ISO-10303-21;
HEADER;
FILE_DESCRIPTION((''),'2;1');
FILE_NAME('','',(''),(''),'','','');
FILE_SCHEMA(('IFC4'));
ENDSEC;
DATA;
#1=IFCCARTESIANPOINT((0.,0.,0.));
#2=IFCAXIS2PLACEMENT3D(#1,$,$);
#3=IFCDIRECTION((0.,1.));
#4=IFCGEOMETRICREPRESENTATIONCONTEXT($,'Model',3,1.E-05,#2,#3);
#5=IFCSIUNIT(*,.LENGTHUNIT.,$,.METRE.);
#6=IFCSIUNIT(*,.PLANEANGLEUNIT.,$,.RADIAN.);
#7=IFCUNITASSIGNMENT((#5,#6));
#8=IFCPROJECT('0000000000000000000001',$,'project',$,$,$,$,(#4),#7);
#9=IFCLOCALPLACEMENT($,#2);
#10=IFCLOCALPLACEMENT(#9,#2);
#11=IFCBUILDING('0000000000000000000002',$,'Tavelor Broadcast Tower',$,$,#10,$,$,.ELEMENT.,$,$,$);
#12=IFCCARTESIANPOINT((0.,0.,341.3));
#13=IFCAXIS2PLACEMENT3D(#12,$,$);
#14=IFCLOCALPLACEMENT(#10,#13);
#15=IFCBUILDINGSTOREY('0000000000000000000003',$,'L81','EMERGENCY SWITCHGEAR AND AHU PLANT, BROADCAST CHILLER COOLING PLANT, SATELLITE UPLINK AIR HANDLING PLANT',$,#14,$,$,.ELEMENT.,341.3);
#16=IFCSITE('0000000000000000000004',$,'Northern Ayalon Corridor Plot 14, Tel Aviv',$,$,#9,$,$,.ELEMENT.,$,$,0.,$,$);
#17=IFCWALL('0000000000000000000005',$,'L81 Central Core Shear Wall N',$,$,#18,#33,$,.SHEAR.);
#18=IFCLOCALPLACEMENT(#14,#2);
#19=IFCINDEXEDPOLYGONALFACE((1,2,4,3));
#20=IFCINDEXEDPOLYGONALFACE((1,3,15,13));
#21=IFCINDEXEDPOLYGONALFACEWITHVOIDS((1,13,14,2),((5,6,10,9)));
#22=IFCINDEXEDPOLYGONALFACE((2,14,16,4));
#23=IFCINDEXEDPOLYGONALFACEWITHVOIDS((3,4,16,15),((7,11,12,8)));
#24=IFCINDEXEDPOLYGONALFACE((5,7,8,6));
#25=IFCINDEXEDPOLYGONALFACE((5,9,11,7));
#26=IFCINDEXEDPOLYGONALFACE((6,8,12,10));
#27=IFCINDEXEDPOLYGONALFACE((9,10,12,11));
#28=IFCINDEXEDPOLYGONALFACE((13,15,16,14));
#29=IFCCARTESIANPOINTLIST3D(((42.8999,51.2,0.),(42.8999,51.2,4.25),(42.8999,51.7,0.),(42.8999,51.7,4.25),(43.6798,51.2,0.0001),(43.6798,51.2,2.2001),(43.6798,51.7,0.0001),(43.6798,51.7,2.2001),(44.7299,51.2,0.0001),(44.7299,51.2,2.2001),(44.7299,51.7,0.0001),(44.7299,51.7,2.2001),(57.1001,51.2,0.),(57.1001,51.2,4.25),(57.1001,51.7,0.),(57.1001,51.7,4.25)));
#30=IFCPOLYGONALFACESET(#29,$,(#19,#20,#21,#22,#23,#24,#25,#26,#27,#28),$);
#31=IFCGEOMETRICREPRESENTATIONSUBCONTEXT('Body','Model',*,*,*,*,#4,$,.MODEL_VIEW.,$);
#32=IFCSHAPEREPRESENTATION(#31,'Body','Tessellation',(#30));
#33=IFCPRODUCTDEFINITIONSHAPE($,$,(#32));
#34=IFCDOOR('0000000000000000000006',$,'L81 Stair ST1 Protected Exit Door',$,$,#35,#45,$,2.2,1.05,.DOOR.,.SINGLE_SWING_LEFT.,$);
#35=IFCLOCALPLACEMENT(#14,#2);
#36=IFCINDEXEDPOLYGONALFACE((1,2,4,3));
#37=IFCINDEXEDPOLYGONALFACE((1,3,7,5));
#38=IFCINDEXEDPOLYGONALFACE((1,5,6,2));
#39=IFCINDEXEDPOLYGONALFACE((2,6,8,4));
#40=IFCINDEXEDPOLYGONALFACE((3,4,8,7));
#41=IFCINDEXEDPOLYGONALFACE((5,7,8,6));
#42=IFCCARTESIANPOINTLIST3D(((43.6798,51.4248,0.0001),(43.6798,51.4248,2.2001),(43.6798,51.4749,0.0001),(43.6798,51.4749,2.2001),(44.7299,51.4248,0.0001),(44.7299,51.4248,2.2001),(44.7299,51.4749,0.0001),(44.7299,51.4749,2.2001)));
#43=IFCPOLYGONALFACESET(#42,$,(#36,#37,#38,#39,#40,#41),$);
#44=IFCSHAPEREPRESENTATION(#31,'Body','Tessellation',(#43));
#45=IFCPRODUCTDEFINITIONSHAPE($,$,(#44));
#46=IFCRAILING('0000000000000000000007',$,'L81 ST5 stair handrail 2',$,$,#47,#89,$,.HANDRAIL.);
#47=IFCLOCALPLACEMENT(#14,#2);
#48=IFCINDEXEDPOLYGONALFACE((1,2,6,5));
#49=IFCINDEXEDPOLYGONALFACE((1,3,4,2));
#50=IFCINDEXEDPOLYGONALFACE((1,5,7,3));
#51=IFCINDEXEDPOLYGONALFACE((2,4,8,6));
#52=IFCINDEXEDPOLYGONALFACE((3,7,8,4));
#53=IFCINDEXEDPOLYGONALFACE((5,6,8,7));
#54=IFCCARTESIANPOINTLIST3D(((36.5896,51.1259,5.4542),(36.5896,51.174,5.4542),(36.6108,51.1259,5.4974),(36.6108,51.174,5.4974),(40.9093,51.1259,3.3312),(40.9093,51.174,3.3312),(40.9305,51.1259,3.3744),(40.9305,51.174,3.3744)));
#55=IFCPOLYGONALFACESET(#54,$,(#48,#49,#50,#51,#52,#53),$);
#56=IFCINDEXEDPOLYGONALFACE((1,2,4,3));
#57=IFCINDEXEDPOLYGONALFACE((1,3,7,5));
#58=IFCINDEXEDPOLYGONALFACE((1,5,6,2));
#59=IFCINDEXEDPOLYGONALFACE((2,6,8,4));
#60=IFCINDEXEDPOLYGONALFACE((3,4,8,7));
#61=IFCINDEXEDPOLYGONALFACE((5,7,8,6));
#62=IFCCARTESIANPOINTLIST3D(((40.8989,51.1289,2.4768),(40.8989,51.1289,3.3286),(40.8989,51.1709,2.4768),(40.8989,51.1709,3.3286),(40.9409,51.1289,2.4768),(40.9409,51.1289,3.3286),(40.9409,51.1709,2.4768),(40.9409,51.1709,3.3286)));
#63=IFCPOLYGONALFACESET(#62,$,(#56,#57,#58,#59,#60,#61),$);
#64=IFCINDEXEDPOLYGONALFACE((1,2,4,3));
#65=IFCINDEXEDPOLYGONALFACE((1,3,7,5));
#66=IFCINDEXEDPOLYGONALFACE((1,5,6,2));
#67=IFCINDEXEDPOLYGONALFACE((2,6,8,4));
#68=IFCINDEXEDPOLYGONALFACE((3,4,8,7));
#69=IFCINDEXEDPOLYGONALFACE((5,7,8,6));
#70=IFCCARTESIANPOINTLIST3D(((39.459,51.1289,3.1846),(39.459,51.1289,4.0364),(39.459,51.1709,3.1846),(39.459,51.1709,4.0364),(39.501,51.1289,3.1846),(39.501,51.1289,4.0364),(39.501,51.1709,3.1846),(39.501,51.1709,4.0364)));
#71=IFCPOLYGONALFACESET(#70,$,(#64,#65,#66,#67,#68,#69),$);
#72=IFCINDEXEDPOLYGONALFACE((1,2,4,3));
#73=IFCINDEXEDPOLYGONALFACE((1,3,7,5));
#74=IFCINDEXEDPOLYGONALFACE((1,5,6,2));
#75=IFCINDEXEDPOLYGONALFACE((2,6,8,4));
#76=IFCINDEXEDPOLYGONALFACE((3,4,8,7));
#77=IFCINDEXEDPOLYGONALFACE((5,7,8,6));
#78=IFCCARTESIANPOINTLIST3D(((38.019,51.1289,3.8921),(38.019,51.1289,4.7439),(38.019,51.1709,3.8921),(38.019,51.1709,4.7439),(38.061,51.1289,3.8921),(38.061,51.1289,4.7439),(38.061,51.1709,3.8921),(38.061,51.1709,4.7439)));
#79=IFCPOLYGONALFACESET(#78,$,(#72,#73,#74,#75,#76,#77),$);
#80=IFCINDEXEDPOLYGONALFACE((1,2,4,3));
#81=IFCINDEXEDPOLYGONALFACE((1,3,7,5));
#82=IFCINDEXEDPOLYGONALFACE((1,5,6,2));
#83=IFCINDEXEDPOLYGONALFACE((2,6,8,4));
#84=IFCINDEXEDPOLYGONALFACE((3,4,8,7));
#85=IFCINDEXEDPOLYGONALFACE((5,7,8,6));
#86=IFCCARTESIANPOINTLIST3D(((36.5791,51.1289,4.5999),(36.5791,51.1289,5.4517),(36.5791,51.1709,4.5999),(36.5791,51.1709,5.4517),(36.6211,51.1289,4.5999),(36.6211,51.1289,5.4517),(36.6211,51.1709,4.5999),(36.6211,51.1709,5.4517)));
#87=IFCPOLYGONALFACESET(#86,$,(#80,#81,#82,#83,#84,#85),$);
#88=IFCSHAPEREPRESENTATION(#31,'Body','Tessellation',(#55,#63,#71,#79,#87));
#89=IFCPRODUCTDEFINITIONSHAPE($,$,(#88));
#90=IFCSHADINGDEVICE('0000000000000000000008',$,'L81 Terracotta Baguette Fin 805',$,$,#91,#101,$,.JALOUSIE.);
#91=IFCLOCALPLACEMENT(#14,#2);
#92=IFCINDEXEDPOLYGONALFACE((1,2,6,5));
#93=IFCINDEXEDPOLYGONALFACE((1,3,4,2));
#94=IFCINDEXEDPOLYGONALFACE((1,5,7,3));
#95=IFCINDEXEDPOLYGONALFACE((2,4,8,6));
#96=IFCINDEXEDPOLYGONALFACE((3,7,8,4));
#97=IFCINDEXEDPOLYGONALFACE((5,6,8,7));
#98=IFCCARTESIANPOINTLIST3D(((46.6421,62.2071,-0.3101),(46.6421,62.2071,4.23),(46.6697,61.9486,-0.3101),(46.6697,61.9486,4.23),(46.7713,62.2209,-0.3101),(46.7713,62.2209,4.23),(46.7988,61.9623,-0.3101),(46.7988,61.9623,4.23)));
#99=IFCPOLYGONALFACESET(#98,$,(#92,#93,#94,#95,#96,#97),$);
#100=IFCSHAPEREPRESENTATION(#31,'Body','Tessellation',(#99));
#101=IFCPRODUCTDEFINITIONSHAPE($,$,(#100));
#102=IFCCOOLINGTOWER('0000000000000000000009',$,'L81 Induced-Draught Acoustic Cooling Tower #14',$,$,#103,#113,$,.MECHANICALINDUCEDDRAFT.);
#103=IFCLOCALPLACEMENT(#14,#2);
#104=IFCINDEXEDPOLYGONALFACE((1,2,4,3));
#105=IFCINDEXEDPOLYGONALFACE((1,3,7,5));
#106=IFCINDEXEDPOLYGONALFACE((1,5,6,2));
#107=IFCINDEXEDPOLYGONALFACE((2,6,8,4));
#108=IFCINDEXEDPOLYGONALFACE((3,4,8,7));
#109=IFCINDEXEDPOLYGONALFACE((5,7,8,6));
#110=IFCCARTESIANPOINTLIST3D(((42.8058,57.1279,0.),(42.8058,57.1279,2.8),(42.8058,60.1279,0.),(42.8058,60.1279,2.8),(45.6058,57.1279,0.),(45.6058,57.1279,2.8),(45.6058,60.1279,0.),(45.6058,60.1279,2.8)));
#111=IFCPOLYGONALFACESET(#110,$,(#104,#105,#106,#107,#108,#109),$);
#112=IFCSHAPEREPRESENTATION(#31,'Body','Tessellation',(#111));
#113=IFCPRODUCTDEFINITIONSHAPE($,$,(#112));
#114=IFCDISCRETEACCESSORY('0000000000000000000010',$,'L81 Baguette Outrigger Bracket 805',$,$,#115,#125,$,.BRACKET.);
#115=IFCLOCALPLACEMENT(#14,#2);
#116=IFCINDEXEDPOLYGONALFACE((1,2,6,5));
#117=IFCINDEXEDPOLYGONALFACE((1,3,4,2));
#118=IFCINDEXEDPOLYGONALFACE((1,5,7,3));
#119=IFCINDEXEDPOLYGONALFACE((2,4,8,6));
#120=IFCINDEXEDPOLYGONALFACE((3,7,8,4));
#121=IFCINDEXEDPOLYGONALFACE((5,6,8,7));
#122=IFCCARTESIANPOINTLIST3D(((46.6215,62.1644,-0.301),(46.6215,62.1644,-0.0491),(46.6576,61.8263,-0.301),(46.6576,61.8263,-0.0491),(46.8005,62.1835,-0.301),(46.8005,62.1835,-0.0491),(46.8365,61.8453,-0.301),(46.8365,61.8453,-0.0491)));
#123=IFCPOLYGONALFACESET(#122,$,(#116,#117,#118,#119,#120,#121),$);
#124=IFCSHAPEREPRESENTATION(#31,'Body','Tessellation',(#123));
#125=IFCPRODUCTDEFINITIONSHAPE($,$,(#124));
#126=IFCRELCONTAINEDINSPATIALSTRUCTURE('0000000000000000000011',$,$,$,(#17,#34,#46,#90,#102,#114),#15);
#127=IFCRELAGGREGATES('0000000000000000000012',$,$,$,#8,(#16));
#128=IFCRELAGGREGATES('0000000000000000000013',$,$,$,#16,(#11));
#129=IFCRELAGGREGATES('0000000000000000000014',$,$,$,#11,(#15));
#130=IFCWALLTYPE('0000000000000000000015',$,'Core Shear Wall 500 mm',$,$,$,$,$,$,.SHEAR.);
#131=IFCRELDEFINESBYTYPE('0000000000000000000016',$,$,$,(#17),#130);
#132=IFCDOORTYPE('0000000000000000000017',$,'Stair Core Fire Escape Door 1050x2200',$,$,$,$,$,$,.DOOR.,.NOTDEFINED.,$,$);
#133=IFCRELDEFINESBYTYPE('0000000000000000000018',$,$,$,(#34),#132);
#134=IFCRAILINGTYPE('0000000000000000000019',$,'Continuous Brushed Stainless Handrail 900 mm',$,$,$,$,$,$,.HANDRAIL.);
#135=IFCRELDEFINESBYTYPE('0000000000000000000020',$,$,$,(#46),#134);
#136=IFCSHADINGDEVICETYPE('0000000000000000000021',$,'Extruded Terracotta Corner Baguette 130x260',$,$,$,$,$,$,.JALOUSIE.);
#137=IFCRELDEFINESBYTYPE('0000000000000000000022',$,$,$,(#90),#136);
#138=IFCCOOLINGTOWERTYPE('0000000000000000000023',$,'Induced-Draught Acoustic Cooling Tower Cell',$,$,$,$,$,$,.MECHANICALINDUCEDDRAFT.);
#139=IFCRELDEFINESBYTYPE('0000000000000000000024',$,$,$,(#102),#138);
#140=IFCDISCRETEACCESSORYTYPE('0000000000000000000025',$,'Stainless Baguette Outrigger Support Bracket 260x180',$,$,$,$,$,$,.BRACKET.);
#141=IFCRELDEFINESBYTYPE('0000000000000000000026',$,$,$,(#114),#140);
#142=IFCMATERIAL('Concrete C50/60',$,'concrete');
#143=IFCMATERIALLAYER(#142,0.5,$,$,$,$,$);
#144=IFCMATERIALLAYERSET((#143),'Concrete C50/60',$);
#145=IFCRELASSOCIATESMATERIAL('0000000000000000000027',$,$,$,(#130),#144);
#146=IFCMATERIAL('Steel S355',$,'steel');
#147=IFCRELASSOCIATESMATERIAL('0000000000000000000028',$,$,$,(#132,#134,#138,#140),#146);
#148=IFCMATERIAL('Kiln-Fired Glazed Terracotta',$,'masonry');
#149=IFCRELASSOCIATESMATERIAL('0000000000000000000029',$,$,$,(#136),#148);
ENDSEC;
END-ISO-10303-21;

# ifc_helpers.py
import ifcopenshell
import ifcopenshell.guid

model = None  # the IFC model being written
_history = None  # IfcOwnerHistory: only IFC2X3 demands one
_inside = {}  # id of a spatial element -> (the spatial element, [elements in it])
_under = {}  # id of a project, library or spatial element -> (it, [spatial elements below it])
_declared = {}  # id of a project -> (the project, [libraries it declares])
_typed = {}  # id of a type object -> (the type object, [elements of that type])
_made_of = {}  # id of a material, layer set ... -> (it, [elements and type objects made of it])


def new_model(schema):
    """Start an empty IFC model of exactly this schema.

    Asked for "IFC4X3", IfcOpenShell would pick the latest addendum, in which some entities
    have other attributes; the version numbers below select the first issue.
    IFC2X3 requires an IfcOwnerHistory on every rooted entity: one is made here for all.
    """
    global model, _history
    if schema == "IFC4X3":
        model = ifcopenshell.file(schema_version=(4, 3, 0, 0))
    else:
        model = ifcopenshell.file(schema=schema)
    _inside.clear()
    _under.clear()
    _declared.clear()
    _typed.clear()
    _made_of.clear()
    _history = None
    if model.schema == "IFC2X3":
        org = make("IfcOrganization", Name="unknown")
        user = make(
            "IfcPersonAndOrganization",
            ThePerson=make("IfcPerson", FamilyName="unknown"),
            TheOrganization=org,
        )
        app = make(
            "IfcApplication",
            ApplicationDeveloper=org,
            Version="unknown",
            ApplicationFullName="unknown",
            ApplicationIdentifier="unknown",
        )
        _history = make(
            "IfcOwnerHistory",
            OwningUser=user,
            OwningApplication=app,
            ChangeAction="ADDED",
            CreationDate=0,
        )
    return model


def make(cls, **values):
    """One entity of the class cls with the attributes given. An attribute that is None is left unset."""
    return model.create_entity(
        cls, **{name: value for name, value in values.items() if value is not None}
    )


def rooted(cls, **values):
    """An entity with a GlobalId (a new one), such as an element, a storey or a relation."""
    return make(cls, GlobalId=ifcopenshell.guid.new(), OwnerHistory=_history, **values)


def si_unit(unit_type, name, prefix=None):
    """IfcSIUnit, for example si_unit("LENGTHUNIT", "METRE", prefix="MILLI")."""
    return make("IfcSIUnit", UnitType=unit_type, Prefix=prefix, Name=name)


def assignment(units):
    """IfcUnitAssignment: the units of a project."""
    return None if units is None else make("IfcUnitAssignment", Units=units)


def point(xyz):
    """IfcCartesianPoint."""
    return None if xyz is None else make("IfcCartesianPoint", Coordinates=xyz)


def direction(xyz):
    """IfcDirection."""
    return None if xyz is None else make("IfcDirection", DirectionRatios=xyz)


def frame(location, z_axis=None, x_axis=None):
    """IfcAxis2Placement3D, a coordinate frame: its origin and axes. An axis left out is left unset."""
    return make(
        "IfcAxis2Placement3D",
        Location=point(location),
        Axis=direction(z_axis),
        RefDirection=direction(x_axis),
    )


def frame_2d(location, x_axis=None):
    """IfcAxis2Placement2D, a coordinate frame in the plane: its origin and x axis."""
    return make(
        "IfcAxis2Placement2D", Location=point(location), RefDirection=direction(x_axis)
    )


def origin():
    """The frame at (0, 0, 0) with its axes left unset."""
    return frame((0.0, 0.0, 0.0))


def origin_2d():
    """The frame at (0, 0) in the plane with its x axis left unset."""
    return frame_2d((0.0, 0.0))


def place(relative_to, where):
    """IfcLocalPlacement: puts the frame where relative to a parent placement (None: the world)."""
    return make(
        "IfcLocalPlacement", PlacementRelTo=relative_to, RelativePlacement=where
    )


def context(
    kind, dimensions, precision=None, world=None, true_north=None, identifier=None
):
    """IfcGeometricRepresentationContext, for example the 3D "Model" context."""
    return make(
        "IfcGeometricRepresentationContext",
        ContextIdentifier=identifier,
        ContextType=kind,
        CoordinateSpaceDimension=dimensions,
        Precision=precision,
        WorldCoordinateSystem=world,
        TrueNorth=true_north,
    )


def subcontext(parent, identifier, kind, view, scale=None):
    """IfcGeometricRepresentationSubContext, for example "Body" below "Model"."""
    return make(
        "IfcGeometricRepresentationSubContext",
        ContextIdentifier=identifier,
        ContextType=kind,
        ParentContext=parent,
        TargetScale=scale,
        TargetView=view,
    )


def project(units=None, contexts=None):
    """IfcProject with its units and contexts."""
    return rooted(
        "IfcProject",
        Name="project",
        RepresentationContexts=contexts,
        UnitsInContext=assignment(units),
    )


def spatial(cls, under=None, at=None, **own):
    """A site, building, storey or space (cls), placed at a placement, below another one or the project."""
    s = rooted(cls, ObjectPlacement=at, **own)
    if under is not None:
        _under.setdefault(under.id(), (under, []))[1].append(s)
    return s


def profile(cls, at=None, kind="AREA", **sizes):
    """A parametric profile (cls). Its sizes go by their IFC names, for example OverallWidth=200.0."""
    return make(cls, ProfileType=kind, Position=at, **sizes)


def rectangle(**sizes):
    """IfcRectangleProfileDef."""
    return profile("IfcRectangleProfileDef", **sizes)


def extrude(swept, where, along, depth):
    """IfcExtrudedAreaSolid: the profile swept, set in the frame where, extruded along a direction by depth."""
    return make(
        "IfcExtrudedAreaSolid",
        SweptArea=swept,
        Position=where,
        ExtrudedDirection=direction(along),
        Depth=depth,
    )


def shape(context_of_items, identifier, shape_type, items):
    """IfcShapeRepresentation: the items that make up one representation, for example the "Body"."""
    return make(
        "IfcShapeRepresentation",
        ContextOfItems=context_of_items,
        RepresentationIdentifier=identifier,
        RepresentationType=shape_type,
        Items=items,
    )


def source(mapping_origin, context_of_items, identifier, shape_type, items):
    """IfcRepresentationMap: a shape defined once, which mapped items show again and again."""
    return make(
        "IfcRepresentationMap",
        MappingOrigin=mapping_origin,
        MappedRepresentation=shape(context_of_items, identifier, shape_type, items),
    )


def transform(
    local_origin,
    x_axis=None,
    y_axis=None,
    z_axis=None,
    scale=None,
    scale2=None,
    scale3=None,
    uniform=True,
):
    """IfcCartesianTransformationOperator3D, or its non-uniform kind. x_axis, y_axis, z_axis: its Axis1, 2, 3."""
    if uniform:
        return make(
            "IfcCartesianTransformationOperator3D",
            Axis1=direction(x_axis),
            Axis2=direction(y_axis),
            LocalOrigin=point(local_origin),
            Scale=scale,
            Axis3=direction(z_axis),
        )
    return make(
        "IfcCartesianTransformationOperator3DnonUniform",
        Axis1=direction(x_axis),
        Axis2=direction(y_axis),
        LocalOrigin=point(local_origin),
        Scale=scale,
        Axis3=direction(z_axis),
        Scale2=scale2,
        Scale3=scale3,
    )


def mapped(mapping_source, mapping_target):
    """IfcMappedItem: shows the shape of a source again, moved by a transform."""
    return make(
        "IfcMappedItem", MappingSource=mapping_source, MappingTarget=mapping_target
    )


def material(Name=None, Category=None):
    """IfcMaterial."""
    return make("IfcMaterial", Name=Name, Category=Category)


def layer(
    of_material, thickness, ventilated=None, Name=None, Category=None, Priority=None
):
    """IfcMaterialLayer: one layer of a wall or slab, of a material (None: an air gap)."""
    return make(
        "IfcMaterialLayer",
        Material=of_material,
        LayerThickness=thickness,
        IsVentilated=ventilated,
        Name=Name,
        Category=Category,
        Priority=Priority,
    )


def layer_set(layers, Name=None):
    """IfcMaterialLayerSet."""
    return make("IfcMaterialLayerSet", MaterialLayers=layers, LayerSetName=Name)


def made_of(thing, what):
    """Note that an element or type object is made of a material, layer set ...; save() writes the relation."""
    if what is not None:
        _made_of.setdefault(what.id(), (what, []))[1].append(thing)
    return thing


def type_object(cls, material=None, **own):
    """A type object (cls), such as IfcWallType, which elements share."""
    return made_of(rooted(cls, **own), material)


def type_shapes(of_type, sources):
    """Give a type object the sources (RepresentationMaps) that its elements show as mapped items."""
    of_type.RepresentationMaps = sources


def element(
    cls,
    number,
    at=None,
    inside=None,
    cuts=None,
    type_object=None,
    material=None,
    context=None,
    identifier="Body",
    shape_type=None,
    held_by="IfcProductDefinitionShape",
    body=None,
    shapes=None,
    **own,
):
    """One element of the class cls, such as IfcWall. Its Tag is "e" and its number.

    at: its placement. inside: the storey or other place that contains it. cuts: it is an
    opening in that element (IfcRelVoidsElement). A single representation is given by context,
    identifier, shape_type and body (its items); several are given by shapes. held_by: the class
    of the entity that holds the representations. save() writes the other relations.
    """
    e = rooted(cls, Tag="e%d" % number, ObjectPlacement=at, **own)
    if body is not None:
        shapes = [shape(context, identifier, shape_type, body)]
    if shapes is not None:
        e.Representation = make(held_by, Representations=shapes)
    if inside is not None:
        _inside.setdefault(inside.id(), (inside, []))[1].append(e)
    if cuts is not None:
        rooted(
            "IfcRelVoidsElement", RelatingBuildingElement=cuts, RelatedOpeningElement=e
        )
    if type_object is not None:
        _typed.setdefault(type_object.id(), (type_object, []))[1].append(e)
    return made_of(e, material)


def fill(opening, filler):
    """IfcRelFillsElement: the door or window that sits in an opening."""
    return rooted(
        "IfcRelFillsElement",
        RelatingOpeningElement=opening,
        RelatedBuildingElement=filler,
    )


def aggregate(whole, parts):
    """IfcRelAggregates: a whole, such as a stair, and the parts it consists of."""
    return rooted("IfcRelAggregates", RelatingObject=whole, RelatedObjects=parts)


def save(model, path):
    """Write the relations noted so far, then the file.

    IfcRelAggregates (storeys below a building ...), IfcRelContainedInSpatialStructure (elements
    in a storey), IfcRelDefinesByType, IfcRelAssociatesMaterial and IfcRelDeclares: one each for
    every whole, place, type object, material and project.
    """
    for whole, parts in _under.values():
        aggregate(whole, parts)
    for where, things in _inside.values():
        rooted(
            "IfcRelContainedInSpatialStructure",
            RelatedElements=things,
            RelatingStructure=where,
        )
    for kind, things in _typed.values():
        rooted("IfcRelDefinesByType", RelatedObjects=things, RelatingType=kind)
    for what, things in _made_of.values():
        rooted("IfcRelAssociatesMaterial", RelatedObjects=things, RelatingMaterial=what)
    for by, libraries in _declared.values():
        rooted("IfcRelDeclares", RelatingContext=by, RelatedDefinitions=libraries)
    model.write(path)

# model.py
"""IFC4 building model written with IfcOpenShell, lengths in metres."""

from ifc_helpers import new_model, si_unit, direction, frame, frame_2d, origin, origin_2d, place, context, subcontext, project, spatial, rectangle, extrude, source, transform, mapped, material, layer, layer_set, type_object, type_shapes, element, fill, save


model = new_model("IFC4")

# Units and contexts
model_context = context("Model", 3, precision=1e-05, world=origin(), true_north=direction((0.0, 1.0)))
body_context = subcontext(model_context, "Body", "Model", "MODEL_VIEW")
ifc_project = project(units=[si_unit("LENGTHUNIT", "METRE"), si_unit("PLANEANGLEUNIT", "RADIAN")], contexts=[model_context])

# Site, building, storey
site_placement = place(None, origin())
site = spatial("IfcSite", under=ifc_project, at=site_placement, Name="Northern Ayalon Corridor Plot 14, Tel Aviv", CompositionType="ELEMENT", RefElevation=0.0)
building_placement = place(site_placement, origin())
building = spatial("IfcBuilding", under=site, at=building_placement, Name="Tavelor Broadcast Tower", CompositionType="ELEMENT")
storey_placement = place(building_placement, frame((0.0, 0.0, 341.3)))
storey = spatial("IfcBuildingStorey", under=building, at=storey_placement, Name="L81", Description="EMERGENCY SWITCHGEAR AND AHU PLANT, BROADCAST CHILLER COOLING PLANT, SATELLITE UPLINK AIR HANDLING PLANT", CompositionType="ELEMENT", Elevation=341.3)

# Shared definitions
ifc_material_1 = material(Name="Steel S355", Category="steel")

# Wall, opening, door
ifc_material_2 = material(Name="Concrete C50/60", Category="concrete")
ifc_layer_1 = layer(ifc_material_2, 0.5)
ifc_layer_set_1 = layer_set([ifc_layer_1], Name="Concrete C50/60")
wall_type = type_object("IfcWallType", Name="Core Shear Wall 500 mm", PredefinedType="SHEAR", material=ifc_layer_set_1)
wall_placement = place(storey_placement, frame((42.8999, 51.45, 0.0), z_axis=(0.0, 0.0, 1.0), x_axis=(1.0, 0.0, 0.0)))
wall = element("IfcWall", 1, at=wall_placement, inside=storey, type_object=wall_type, Name="L81 Central Core Shear Wall N", PredefinedType="SHEAR", context=body_context, shape_type="SweptSolid", body=[
    extrude(rectangle(XDim=14.2002, YDim=0.5, at=frame_2d((7.1001, 0.0))), origin(), (0.0, 0.0, 1.0), 4.25),
])
opening_placement = place(wall_placement, frame((0.78, 0.0, 0.0)))
opening = element("IfcOpeningElement", 2, at=opening_placement, cuts=wall, PredefinedType="OPENING", context=body_context, shape_type="SweptSolid", body=[
    extrude(rectangle(XDim=1.05, YDim=2.2, at=frame_2d((0.5249, 1.1001))), frame((0.0, 0.26, 0.0), z_axis=(0.0, -1.0, 0.0), x_axis=(1.0, 0.0, 0.0)), (0.0, 0.0, 1.0), 0.52),
])
door_type = type_object("IfcDoorType", Name="Stair Core Fire Escape Door 1050x2200", OperationType="NOTDEFINED", PredefinedType="DOOR", material=ifc_material_1)
door_placement = place(opening_placement, origin())
door = element("IfcDoor", 3, at=door_placement, inside=storey, type_object=door_type, Name="L81 Stair ST1 Protected Exit Door", OperationType="SINGLE_SWING_LEFT", OverallHeight=2.2, OverallWidth=1.05, PredefinedType="DOOR", context=body_context, shape_type="SweptSolid", body=[
    extrude(rectangle(XDim=1.05, YDim=2.2, at=frame_2d((0.5249, 1.1001))), frame((0.0, 0.0249, 0.0), z_axis=(0.0, -1.0, 0.0), x_axis=(1.0, 0.0, 0.0)), (0.0, 0.0, 1.0), 0.05),
])
fill(opening, door)

# Railing
railing_type = type_object("IfcRailingType", Name="Continuous Brushed Stainless Handrail 900 mm", PredefinedType="HANDRAIL", material=ifc_material_1)
railing_placement = place(storey_placement, frame((40.9199, 51.1499, 2.4768)))
element("IfcRailing", 4, at=railing_placement, inside=storey, type_object=railing_type, Name="L81 ST5 stair handrail 2", PredefinedType="HANDRAIL", context=body_context, shape_type="SweptSolid", body=[
    extrude(rectangle(XDim=0.0481, YDim=0.0481, at=origin_2d()), frame((0.0, 0.0, 0.876), z_axis=(-0.89747, 0.0, 0.441076), x_axis=(0.0, -1.0, 0.0)), (0.0, 0.0, 1.0), 4.8132),
    extrude(rectangle(XDim=0.042, YDim=0.042, at=origin_2d()), origin(), (0.0, 0.0, 1.0), 0.8518),
    extrude(rectangle(XDim=0.042, YDim=0.042, at=origin_2d()), frame((-1.4399, 0.0, 0.7078)), (0.0, 0.0, 1.0), 0.8518),
    extrude(rectangle(XDim=0.042, YDim=0.042, at=origin_2d()), frame((-2.8799, 0.0, 1.4153)), (0.0, 0.0, 1.0), 0.8518),
    extrude(rectangle(XDim=0.042, YDim=0.042, at=origin_2d()), frame((-4.3198, 0.0, 2.123)), (0.0, 0.0, 1.0), 0.8518),
])

# Shading device
ifc_material_3 = material(Name="Kiln-Fired Glazed Terracotta", Category="masonry")
shading_device_type = type_object("IfcShadingDeviceType", Name="Extruded Terracotta Corner Baguette 130x260", PredefinedType="JALOUSIE", material=ifc_material_3)
shared_shape_1 = source(origin(), body_context, "Body", "SweptSolid", [
    extrude(rectangle(XDim=0.1299, YDim=0.26, at=origin_2d()), origin(), (0.0, 0.0, 1.0), 4.54),
])
type_shapes(shading_device_type, [shared_shape_1])
shading_device_placement = place(storey_placement, frame((46.7205, 62.0847, -0.3101), z_axis=(0.0, 0.0, 1.0), x_axis=(-0.994375, -0.105917, 0.0)))
element("IfcShadingDevice", 5, at=shading_device_placement, inside=storey, type_object=shading_device_type, Name="L81 Terracotta Baguette Fin 805", PredefinedType="JALOUSIE", context=body_context, shape_type="MappedRepresentation", body=[
    mapped(shared_shape_1, transform((0.0, 0.0, 0.0), scale=1.0)),
])

# Cooling tower
cooling_tower_type = type_object("IfcCoolingTowerType", Name="Induced-Draught Acoustic Cooling Tower Cell", PredefinedType="MECHANICALINDUCEDDRAFT", material=ifc_material_1)
cooling_tower_placement = place(storey_placement, frame((44.2058, 58.6279, 0.0), z_axis=(0.0, 0.0, 1.0), x_axis=(1.0, 0.0, 0.0)))
element("IfcCoolingTower", 6, at=cooling_tower_placement, inside=storey, type_object=cooling_tower_type, Name="L81 Induced-Draught Acoustic Cooling Tower #14", PredefinedType="MECHANICALINDUCEDDRAFT", context=body_context, shape_type="SweptSolid", body=[
    extrude(rectangle(XDim=2.8, YDim=3.0, at=origin_2d()), origin(), (0.0, 0.0, 1.0), 2.8),
])

# Discrete accessory
discrete_accessory_type = type_object("IfcDiscreteAccessoryType", Name="Stainless Baguette Outrigger Support Bracket 260x180", PredefinedType="BRACKET", material=ifc_material_1)
shared_shape_2 = source(origin(), body_context, "Body", "SweptSolid", [
    extrude(rectangle(XDim=0.1799, YDim=0.3401, at=origin_2d()), origin(), (0.0, 0.0, 1.0), 0.252),
])
type_shapes(discrete_accessory_type, [shared_shape_2])
discrete_accessory_placement = place(storey_placement, frame((46.729, 62.0049, -0.301), z_axis=(0.0, 0.0, 1.0), x_axis=(-0.994375, -0.105917, 0.0)))
element("IfcDiscreteAccessory", 7, at=discrete_accessory_placement, inside=storey, type_object=discrete_accessory_type, Name="L81 Baguette Outrigger Bracket 805", PredefinedType="BRACKET", context=body_context, shape_type="MappedRepresentation", body=[
    mapped(shared_shape_2, transform((0.0, 0.0, 0.0), scale=1.0)),
])

save(model, "model.ifc")
